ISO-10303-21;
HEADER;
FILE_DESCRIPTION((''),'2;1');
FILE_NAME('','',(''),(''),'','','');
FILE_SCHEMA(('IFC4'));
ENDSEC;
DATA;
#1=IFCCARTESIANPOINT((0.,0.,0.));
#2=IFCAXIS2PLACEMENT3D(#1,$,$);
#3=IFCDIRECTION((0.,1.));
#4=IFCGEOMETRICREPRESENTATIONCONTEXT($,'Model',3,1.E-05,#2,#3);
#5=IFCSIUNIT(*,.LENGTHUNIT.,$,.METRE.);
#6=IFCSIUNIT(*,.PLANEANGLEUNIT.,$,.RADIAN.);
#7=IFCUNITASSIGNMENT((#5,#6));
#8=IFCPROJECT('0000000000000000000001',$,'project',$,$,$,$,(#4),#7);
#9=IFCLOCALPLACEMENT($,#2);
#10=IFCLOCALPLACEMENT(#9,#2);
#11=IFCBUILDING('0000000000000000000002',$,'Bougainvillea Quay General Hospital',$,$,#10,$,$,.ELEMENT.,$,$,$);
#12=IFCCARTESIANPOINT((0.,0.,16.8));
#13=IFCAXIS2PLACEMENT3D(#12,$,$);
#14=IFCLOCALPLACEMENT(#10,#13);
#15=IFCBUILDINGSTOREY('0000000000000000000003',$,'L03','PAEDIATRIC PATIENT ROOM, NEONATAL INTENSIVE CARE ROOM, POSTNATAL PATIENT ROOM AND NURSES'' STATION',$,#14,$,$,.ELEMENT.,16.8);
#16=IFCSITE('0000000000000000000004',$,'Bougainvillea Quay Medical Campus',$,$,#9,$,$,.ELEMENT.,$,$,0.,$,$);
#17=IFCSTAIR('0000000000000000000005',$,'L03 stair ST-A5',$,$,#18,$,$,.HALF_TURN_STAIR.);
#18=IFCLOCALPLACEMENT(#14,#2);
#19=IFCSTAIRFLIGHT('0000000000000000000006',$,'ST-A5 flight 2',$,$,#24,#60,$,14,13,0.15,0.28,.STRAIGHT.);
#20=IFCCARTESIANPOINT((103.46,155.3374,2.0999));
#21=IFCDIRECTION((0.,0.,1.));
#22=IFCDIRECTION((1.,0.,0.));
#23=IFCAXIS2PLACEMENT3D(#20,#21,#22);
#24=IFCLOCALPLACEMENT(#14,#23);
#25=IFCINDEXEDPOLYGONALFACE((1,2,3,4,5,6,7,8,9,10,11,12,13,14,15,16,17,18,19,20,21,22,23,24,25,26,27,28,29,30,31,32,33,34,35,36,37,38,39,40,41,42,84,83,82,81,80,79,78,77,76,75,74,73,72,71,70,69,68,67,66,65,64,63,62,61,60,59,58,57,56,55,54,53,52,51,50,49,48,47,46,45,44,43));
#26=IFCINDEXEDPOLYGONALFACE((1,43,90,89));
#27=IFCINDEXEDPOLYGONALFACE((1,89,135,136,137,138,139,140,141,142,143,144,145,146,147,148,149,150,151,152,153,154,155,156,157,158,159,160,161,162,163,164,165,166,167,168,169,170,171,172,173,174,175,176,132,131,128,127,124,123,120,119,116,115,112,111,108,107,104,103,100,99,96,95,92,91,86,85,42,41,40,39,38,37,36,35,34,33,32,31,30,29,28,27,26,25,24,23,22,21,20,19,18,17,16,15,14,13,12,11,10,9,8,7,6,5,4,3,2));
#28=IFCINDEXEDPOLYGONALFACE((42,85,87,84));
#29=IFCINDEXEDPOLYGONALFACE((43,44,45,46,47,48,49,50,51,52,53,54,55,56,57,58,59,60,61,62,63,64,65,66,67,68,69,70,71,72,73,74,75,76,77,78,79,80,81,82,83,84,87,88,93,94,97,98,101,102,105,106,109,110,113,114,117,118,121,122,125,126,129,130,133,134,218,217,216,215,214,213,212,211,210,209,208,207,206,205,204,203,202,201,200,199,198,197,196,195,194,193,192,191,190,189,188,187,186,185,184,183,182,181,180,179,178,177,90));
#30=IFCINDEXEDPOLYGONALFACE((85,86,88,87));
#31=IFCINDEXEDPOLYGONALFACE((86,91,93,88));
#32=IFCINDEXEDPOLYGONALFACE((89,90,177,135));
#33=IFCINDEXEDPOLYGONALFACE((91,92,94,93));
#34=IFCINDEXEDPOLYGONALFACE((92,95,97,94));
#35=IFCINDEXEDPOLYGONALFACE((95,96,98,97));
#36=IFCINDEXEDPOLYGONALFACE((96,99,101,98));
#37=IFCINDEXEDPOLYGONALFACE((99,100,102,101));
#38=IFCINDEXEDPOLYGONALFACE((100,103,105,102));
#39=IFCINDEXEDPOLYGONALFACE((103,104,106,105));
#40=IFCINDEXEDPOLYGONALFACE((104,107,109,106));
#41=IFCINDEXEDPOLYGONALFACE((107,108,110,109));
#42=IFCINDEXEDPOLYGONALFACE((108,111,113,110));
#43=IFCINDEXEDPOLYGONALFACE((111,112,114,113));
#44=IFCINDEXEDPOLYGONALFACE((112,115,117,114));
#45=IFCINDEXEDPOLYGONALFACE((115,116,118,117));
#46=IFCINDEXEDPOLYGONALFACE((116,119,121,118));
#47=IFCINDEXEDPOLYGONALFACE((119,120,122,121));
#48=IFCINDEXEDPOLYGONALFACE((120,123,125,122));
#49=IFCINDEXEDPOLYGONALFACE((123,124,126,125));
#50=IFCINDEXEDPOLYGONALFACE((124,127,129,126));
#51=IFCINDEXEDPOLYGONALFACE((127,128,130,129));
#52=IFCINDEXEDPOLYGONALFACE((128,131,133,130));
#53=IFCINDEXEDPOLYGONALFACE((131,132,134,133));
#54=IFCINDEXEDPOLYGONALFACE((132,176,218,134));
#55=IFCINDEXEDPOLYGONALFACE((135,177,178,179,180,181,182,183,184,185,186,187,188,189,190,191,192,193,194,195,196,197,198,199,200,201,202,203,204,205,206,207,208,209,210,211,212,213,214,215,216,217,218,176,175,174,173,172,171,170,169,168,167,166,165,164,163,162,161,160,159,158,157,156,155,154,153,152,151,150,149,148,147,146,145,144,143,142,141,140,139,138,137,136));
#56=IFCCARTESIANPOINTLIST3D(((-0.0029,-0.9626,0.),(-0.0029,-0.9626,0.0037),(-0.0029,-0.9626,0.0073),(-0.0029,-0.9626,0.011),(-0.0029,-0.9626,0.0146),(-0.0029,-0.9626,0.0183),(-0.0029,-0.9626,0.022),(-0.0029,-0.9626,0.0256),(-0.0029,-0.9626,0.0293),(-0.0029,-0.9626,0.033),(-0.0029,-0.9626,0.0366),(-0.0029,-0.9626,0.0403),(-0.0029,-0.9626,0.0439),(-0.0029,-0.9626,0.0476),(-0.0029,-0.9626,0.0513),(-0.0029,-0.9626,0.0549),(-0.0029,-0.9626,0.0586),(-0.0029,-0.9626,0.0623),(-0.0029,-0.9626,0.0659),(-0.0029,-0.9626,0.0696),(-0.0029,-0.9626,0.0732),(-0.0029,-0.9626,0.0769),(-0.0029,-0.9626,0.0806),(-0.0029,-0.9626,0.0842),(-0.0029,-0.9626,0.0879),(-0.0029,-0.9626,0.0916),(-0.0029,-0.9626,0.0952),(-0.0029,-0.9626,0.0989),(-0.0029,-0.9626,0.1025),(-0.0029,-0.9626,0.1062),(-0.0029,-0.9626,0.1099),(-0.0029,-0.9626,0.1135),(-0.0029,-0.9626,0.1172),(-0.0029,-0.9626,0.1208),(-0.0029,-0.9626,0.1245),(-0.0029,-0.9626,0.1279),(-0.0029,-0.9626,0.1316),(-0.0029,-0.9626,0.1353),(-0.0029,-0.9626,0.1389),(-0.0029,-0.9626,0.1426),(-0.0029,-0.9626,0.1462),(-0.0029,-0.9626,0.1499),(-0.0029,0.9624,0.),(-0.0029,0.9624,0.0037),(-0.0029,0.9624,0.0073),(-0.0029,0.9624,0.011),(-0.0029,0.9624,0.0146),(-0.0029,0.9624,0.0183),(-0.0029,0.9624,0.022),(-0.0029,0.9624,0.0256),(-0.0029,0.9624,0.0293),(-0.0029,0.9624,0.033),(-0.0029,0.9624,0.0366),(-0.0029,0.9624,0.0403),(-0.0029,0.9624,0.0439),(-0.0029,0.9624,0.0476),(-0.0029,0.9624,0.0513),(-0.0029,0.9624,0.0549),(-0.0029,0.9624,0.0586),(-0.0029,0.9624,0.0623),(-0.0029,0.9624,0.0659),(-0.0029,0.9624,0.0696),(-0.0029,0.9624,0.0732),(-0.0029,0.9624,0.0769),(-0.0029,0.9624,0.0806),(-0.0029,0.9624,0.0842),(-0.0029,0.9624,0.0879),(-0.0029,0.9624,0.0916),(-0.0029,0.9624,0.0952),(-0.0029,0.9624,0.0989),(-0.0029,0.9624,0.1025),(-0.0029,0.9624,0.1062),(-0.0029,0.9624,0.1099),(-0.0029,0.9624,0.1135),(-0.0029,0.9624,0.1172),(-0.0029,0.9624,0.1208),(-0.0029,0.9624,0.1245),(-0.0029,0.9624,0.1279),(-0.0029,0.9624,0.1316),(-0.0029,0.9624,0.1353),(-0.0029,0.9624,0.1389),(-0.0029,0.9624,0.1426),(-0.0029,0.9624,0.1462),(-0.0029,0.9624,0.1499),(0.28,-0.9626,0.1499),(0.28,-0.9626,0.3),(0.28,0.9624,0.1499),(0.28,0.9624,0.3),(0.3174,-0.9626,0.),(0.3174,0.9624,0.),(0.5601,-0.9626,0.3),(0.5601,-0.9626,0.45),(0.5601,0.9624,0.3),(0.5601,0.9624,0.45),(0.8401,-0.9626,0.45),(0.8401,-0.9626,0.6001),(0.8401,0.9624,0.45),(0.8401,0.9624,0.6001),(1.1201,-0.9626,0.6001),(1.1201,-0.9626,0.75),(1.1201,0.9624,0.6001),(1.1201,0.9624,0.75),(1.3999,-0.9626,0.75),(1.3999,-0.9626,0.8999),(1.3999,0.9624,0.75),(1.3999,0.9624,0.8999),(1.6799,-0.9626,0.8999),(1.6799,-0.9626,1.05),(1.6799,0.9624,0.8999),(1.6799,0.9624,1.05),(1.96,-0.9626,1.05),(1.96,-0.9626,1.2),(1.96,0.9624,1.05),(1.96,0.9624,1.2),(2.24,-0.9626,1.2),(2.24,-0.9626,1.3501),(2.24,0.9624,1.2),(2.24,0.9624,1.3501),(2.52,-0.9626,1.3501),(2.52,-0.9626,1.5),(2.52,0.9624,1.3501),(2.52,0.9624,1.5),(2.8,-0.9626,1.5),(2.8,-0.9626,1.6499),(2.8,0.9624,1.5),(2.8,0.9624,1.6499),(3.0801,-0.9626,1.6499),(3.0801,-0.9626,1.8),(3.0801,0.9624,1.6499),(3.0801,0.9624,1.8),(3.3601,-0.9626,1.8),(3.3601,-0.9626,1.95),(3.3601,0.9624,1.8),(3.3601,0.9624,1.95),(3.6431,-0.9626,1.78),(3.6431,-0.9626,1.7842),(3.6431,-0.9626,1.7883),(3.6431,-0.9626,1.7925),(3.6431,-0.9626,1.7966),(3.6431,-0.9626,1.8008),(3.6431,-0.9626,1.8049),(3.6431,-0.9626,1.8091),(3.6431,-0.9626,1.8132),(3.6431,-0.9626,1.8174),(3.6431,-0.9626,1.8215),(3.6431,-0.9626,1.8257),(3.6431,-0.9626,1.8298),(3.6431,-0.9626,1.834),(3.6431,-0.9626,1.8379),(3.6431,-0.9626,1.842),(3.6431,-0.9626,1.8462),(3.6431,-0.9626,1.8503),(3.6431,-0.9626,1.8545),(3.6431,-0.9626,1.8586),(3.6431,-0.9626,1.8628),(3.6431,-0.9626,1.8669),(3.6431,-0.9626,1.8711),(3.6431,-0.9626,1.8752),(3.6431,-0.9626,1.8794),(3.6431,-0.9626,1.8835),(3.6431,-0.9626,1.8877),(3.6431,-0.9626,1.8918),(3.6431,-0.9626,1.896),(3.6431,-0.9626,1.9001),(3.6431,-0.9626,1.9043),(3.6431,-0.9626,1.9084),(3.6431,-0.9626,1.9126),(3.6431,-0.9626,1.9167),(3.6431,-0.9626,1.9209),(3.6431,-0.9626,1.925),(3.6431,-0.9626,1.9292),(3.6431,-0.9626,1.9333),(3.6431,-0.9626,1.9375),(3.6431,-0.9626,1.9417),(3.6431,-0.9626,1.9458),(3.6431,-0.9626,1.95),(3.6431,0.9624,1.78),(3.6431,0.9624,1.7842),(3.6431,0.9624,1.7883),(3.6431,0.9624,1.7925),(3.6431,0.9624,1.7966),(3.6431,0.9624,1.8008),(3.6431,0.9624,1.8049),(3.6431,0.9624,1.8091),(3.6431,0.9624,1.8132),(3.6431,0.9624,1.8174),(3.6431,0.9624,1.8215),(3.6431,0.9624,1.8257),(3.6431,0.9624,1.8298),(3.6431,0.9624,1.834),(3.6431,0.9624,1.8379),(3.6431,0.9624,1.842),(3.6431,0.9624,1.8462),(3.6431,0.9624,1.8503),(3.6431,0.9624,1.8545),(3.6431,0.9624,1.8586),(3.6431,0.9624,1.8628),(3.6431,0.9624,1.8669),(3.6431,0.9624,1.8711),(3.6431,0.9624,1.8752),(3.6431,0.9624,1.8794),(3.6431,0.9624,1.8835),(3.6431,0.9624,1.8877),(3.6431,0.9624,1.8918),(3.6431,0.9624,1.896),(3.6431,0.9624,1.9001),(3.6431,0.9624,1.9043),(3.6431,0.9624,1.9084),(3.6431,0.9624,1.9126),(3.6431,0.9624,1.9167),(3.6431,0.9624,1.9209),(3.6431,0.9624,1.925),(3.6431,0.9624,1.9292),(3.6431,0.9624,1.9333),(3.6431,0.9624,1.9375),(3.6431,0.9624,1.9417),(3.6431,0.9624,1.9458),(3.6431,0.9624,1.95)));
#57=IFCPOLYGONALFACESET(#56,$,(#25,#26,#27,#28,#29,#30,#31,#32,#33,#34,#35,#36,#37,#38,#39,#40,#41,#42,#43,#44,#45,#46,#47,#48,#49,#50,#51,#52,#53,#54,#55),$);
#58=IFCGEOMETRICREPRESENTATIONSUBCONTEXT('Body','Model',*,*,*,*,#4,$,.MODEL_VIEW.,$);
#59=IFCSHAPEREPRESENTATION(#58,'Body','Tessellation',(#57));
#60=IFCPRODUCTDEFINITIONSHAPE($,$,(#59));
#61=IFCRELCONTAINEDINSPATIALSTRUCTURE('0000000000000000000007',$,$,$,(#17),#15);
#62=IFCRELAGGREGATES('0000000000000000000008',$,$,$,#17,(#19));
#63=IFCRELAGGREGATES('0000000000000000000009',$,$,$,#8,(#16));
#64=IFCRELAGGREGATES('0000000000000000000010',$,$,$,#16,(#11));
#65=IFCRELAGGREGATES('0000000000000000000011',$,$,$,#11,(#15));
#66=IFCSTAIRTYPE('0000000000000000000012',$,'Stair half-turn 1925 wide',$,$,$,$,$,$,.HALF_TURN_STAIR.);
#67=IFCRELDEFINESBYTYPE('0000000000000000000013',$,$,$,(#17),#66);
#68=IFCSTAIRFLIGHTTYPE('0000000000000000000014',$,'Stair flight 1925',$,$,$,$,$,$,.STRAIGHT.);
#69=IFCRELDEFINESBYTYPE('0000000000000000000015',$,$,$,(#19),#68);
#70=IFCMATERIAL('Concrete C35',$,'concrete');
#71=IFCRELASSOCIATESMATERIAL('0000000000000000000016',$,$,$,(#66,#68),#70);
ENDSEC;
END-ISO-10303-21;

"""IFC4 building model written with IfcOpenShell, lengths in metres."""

from ifc_helpers import new_model, si_unit, direction, frame, origin, place, context, subcontext, project, spatial, polyline, outline, extrude, material, type_object, element, aggregate, save


model = new_model("IFC4")

# Units and contexts
model_context = context("Model", 3, precision=1e-05, world=origin(), true_north=direction((0.0, 1.0)))
body_context = subcontext(model_context, "Body", "Model", "MODEL_VIEW")
ifc_project = project(units=[si_unit("LENGTHUNIT", "METRE"), si_unit("PLANEANGLEUNIT", "RADIAN")], contexts=[model_context])

# Site, building, storey
site_placement = place(None, origin())
site = spatial("IfcSite", under=ifc_project, at=site_placement, Name="Bougainvillea Quay Medical Campus", CompositionType="ELEMENT", RefElevation=0.0)
building_placement = place(site_placement, origin())
building = spatial("IfcBuilding", under=site, at=building_placement, Name="Bougainvillea Quay General Hospital", CompositionType="ELEMENT")
storey_placement = place(building_placement, frame((0.0, 0.0, 16.8)))
storey = spatial("IfcBuildingStorey", under=building, at=storey_placement, Name="L03", Description="PAEDIATRIC PATIENT ROOM, NEONATAL INTENSIVE CARE ROOM, POSTNATAL PATIENT ROOM AND NURSES' STATION", CompositionType="ELEMENT", Elevation=16.8)

# Stair, stair flight
ifc_material_1 = material(Name="Concrete C35", Category="concrete")
stair_type = type_object("IfcStairType", Name="Stair half-turn 1925 wide", PredefinedType="HALF_TURN_STAIR", material=ifc_material_1)
stair_placement = place(storey_placement, origin())
stair = element("IfcStair", 1, at=stair_placement, inside=storey, type_object=stair_type, Name="L03 stair ST-A5", PredefinedType="HALF_TURN_STAIR")
stair_flight_type = type_object("IfcStairFlightType", Name="Stair flight 1925", PredefinedType="STRAIGHT", material=ifc_material_1)
stair_flight_1_placement = place(storey_placement, frame((103.46, 155.3374, 2.0999), z_axis=(0.0, 0.0, 1.0), x_axis=(1.0, 0.0, 0.0)))
stair_flight_1 = element("IfcStairFlight", 2, at=stair_flight_1_placement, type_object=stair_flight_type, Name="ST-A5 flight 2", NumberOfRisers=14, NumberOfTreads=13, PredefinedType="STRAIGHT", RiserHeight=0.15, TreadLength=0.28, context=body_context, shape_type="SweptSolid", body=[
    extrude(outline(polyline([(-0.0029, 0.0), (-0.0029, 0.0037), (-0.0029, 0.0073), (-0.0029, 0.011), (-0.0029, 0.0146), (-0.0029, 0.0183), (-0.0029, 0.022), (-0.0029, 0.0256), (-0.0029, 0.0293), (-0.0029, 0.033), (-0.0029, 0.0366), (-0.0029, 0.0403), (-0.0029, 0.0439), (-0.0029, 0.0476), (-0.0029, 0.0513), (-0.0029, 0.0549), (-0.0029, 0.0586), (-0.0029, 0.0623), (-0.0029, 0.0659), (-0.0029, 0.0696), (-0.0029, 0.0732), (-0.0029, 0.0769), (-0.0029, 0.0806), (-0.0029, 0.0842), (-0.0029, 0.0879), (-0.0029, 0.0916), (-0.0029, 0.0952), (-0.0029, 0.0989), (-0.0029, 0.1025), (-0.0029, 0.1062), (-0.0029, 0.1099), (-0.0029, 0.1135), (-0.0029, 0.1172), (-0.0029, 0.1208), (-0.0029, 0.1245), (-0.0029, 0.1279), (-0.0029, 0.1316), (-0.0029, 0.1353), (-0.0029, 0.1389), (-0.0029, 0.1426), (-0.0029, 0.1462), (-0.0029, 0.1499), (0.28, 0.1499), (0.28, 0.3), (0.5601, 0.3), (0.5601, 0.45), (0.8401, 0.45), (0.8401, 0.6001), (1.1201, 0.6001), (1.1201, 0.75), (1.3999, 0.75), (1.3999, 0.8999), (1.6799, 0.8999), (1.6799, 1.05), (1.96, 1.05), (1.96, 1.2), (2.24, 1.2), (2.24, 1.3501), (2.52, 1.3501), (2.52, 1.5), (2.8, 1.5), (2.8, 1.6499), (3.0801, 1.6499), (3.0801, 1.8), (3.3601, 1.8), (3.3601, 1.95), (3.6431, 1.95), (3.6431, 1.9458), (3.6431, 1.9417), (3.6431, 1.9375), (3.6431, 1.9333), (3.6431, 1.9292), (3.6431, 1.925), (3.6431, 1.9209), (3.6431, 1.9167), (3.6431, 1.9126), (3.6431, 1.9084), (3.6431, 1.9043), (3.6431, 1.9001), (3.6431, 1.896), (3.6431, 1.8918), (3.6431, 1.8877), (3.6431, 1.8835), (3.6431, 1.8794), (3.6431, 1.8752), (3.6431, 1.8711), (3.6431, 1.8669), (3.6431, 1.8628), (3.6431, 1.8586), (3.6431, 1.8545), (3.6431, 1.8503), (3.6431, 1.8462), (3.6431, 1.842), (3.6431, 1.8379), (3.6431, 1.834), (3.6431, 1.8298), (3.6431, 1.8257), (3.6431, 1.8215), (3.6431, 1.8174), (3.6431, 1.8132), (3.6431, 1.8091), (3.6431, 1.8049), (3.6431, 1.8008), (3.6431, 1.7966), (3.6431, 1.7925), (3.6431, 1.7883), (3.6431, 1.7842), (3.6431, 1.78), (0.3174, 0.0), (-0.0029, 0.0)])), frame((0.0, 0.9624, 0.0), z_axis=(0.0, -1.0, 0.0), x_axis=(1.0, 0.0, 0.0)), (0.0, 0.0, 1.0), 1.925),
])
aggregate(stair, [stair_flight_1])

save(model, "model.ifc")
